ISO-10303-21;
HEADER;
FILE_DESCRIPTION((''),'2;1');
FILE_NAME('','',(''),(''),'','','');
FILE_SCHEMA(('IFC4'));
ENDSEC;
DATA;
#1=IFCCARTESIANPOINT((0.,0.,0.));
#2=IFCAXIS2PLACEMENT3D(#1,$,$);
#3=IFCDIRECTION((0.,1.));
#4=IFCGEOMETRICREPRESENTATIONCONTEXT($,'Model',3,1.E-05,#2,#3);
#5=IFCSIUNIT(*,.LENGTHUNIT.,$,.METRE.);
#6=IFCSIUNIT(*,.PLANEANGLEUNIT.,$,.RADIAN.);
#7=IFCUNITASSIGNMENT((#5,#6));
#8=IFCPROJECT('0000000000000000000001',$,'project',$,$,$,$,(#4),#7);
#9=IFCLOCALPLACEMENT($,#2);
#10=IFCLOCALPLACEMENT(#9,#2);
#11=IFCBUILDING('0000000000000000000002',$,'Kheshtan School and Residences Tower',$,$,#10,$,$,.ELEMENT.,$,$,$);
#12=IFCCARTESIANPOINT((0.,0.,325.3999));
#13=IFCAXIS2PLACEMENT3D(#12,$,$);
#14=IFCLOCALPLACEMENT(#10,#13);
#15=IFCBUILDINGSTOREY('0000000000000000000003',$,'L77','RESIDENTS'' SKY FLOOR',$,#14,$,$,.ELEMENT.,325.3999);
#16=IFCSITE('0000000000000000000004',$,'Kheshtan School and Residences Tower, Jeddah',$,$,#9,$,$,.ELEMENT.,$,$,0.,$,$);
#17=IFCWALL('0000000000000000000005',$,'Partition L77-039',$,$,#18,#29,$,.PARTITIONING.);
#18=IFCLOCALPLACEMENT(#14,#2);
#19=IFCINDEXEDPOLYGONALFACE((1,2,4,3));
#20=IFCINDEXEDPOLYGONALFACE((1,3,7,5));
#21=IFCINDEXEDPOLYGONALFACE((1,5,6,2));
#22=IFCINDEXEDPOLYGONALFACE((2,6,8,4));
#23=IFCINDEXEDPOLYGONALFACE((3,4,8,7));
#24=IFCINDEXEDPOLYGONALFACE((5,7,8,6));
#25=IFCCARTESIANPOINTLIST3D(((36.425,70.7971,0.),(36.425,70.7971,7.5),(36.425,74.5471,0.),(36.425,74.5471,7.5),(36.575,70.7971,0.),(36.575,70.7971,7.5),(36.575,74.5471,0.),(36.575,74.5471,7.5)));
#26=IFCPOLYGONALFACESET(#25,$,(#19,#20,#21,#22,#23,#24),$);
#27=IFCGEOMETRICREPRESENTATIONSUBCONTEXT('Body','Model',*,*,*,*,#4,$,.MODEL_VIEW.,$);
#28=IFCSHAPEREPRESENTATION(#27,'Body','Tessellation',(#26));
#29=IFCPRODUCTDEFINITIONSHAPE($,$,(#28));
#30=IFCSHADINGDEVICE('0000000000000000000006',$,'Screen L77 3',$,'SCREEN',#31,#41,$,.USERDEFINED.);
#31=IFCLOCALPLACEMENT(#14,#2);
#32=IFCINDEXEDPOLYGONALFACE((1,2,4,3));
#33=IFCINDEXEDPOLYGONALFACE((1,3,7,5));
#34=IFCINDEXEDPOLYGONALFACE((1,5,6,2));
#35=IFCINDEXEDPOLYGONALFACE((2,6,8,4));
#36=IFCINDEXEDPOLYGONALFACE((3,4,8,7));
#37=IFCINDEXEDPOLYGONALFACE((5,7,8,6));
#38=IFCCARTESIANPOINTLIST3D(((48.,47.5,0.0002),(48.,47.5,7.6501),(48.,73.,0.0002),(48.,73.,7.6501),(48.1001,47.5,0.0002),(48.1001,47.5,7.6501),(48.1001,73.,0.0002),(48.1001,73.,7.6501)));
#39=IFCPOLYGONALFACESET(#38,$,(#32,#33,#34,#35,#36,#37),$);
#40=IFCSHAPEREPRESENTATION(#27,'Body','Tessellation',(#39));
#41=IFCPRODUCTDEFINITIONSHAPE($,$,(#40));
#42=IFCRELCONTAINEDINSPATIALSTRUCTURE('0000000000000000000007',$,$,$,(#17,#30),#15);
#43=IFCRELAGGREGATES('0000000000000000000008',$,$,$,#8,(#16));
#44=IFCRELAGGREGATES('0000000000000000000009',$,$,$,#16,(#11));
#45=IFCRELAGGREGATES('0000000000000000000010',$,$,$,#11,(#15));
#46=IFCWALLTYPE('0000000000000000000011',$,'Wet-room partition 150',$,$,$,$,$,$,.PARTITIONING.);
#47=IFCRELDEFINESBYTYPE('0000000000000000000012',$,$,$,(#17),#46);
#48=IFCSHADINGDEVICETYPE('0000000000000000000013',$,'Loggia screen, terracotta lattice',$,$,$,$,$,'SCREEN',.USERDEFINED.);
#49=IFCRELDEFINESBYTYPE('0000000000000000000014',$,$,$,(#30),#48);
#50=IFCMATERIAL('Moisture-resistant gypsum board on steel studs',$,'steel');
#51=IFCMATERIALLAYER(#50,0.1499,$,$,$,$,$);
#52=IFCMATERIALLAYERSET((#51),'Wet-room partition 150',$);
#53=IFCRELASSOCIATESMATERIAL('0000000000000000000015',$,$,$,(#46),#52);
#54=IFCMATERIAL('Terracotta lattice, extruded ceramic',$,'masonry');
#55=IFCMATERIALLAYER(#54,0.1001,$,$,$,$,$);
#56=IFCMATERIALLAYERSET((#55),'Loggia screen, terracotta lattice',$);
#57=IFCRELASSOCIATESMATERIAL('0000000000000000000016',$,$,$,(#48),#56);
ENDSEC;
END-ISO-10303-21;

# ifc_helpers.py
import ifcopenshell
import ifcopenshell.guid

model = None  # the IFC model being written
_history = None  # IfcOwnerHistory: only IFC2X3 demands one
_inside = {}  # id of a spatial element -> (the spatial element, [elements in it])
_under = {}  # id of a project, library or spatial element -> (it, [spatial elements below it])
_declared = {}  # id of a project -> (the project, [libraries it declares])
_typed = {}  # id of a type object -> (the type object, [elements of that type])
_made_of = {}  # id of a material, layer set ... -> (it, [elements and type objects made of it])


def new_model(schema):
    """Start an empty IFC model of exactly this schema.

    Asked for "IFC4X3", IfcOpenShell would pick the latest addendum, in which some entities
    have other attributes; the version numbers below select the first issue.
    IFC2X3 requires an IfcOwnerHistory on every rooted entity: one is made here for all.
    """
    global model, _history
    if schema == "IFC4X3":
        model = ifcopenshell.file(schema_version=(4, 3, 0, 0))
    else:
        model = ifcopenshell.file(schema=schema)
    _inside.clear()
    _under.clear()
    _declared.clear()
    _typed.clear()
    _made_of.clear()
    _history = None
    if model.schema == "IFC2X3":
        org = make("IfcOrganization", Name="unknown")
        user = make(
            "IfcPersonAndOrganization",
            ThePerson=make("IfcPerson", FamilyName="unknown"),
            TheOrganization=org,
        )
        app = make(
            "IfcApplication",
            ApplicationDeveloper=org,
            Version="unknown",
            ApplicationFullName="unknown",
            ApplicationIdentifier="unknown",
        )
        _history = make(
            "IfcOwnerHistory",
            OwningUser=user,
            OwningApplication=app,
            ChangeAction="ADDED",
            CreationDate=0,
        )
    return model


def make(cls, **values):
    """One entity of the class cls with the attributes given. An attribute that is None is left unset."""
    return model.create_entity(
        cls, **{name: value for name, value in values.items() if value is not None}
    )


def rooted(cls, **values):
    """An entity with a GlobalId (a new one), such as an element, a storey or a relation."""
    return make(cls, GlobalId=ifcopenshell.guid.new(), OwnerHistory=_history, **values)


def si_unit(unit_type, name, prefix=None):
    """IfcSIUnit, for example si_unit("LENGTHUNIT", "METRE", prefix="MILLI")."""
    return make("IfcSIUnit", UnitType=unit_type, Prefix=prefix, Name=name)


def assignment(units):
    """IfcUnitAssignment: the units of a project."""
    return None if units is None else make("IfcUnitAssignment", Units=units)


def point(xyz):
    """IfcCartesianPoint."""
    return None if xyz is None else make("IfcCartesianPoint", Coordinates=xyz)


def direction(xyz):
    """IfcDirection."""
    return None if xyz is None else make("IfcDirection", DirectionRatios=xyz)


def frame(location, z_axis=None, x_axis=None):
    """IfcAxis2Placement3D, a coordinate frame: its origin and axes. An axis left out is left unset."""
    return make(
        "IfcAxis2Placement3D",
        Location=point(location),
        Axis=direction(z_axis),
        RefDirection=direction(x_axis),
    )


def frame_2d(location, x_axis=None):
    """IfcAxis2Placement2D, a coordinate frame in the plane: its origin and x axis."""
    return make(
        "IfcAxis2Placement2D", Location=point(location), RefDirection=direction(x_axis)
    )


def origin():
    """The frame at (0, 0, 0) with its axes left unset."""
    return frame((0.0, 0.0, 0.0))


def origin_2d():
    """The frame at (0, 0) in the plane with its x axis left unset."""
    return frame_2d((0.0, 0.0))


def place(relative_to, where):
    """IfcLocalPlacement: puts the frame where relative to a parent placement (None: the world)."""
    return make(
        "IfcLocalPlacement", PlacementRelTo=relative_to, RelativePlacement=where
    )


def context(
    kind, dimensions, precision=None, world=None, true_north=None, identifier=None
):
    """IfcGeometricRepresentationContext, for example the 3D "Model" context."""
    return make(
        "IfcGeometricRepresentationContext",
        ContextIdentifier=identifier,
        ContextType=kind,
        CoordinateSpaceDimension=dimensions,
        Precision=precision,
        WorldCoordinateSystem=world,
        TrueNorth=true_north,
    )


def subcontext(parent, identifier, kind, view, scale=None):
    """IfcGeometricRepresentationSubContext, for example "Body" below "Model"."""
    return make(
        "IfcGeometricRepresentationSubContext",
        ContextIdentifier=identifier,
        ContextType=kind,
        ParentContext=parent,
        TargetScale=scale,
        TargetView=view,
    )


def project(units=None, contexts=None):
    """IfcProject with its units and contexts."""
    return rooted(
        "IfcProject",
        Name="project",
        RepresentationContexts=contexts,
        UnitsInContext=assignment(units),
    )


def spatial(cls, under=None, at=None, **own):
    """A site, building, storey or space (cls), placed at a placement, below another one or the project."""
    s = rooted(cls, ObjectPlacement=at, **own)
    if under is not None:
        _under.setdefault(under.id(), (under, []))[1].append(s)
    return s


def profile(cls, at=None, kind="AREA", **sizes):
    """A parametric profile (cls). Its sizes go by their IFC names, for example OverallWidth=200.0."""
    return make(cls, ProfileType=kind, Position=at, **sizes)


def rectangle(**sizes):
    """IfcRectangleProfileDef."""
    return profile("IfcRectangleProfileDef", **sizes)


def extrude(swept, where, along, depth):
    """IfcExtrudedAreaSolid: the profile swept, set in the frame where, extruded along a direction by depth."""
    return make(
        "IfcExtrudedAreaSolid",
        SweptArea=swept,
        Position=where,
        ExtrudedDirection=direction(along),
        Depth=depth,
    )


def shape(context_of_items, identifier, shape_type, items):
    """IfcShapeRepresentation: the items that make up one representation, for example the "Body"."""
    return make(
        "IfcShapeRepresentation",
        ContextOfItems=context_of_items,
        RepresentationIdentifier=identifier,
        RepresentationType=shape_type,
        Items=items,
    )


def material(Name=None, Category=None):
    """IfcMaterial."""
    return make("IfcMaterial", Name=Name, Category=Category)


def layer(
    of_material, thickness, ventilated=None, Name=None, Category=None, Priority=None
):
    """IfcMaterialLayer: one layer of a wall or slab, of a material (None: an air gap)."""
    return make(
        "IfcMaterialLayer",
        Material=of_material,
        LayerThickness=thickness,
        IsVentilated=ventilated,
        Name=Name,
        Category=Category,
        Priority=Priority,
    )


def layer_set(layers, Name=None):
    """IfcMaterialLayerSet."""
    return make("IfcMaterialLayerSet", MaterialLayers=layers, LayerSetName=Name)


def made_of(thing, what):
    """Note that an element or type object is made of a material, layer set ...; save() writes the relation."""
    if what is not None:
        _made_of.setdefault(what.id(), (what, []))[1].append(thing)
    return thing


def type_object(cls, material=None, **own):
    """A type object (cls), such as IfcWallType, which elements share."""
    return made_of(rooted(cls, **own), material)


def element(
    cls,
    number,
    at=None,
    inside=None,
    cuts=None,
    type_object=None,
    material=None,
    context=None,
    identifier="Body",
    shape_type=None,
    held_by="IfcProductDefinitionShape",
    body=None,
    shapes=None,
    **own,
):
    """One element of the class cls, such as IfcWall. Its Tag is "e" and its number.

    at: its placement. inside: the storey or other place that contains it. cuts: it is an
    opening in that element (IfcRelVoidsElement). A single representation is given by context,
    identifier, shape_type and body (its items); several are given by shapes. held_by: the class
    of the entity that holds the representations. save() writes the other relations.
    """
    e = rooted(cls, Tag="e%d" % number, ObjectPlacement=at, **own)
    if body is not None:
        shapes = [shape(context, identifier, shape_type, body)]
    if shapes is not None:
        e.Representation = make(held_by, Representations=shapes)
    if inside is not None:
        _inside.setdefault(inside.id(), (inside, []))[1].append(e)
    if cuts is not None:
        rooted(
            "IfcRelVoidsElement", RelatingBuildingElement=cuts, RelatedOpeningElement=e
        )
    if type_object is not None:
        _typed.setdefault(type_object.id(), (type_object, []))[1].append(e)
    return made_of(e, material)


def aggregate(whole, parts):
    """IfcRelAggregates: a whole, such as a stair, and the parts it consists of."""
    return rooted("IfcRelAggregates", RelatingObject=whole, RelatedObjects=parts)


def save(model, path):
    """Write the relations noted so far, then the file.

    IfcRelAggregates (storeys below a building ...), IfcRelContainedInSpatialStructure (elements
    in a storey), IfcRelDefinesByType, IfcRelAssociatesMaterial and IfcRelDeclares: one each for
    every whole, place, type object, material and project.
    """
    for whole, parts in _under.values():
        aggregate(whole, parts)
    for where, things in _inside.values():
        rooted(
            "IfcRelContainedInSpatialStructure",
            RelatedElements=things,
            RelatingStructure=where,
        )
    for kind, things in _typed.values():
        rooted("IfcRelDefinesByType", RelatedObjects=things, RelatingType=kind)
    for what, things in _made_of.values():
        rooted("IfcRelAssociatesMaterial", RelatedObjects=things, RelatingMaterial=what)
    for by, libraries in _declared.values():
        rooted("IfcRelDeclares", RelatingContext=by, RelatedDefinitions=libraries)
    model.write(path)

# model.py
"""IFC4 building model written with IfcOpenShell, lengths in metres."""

from ifc_helpers import new_model, si_unit, direction, frame, frame_2d, origin, origin_2d, place, context, subcontext, project, spatial, rectangle, extrude, material, layer, layer_set, type_object, element, save


model = new_model("IFC4")

# Units and contexts
model_context = context("Model", 3, precision=1e-05, world=origin(), true_north=direction((0.0, 1.0)))
body_context = subcontext(model_context, "Body", "Model", "MODEL_VIEW")
ifc_project = project(units=[si_unit("LENGTHUNIT", "METRE"), si_unit("PLANEANGLEUNIT", "RADIAN")], contexts=[model_context])

# Site, building, storey
site_placement = place(None, origin())
site = spatial("IfcSite", under=ifc_project, at=site_placement, Name="Kheshtan School and Residences Tower, Jeddah", CompositionType="ELEMENT", RefElevation=0.0)
building_placement = place(site_placement, origin())
building = spatial("IfcBuilding", under=site, at=building_placement, Name="Kheshtan School and Residences Tower", CompositionType="ELEMENT")
storey_placement = place(building_placement, frame((0.0, 0.0, 325.3999)))
storey = spatial("IfcBuildingStorey", under=building, at=storey_placement, Name="L77", Description="RESIDENTS' SKY FLOOR", CompositionType="ELEMENT", Elevation=325.3999)

# Wall
ifc_material_1 = material(Name="Moisture-resistant gypsum board on steel studs", Category="steel")
ifc_layer_1 = layer(ifc_material_1, 0.1499)
ifc_layer_set_1 = layer_set([ifc_layer_1], Name="Wet-room partition 150")
wall_type_1 = type_object("IfcWallType", Name="Wet-room partition 150", PredefinedType="PARTITIONING", material=ifc_layer_set_1)
wall_1_placement = place(storey_placement, frame((36.5, 70.7971, 0.0), z_axis=(0.0, 0.0, 1.0), x_axis=(0.0, 1.0, 0.0)))
element("IfcWall", 1, at=wall_1_placement, inside=storey, type_object=wall_type_1, Name="Partition L77-039", PredefinedType="PARTITIONING", context=body_context, shape_type="SweptSolid", body=[
    extrude(rectangle(XDim=3.75, YDim=0.1499, at=frame_2d((1.875, 0.0))), origin(), (0.0, 0.0, 1.0), 7.5),
])

# Shading device
ifc_material_2 = material(Name="Terracotta lattice, extruded ceramic", Category="masonry")
ifc_layer_2 = layer(ifc_material_2, 0.1001)
ifc_layer_set_2 = layer_set([ifc_layer_2], Name="Loggia screen, terracotta lattice")
shading_device_type = type_object("IfcShadingDeviceType", Name="Loggia screen, terracotta lattice", ElementType="SCREEN", PredefinedType="USERDEFINED", material=ifc_layer_set_2)
shading_device_placement = place(storey_placement, frame((48.05, 60.25, 0.0002), z_axis=(0.0, 0.0, 1.0), x_axis=(0.0, -1.0, 0.0)))
element("IfcShadingDevice", 2, at=shading_device_placement, inside=storey, type_object=shading_device_type, Name="Screen L77 3", ObjectType="SCREEN", PredefinedType="USERDEFINED", context=body_context, shape_type="SweptSolid", body=[
    extrude(rectangle(XDim=25.5, YDim=0.1001, at=origin_2d()), origin(), (0.0, 0.0, 1.0), 7.6499),
])

save(model, "model.ifc")
